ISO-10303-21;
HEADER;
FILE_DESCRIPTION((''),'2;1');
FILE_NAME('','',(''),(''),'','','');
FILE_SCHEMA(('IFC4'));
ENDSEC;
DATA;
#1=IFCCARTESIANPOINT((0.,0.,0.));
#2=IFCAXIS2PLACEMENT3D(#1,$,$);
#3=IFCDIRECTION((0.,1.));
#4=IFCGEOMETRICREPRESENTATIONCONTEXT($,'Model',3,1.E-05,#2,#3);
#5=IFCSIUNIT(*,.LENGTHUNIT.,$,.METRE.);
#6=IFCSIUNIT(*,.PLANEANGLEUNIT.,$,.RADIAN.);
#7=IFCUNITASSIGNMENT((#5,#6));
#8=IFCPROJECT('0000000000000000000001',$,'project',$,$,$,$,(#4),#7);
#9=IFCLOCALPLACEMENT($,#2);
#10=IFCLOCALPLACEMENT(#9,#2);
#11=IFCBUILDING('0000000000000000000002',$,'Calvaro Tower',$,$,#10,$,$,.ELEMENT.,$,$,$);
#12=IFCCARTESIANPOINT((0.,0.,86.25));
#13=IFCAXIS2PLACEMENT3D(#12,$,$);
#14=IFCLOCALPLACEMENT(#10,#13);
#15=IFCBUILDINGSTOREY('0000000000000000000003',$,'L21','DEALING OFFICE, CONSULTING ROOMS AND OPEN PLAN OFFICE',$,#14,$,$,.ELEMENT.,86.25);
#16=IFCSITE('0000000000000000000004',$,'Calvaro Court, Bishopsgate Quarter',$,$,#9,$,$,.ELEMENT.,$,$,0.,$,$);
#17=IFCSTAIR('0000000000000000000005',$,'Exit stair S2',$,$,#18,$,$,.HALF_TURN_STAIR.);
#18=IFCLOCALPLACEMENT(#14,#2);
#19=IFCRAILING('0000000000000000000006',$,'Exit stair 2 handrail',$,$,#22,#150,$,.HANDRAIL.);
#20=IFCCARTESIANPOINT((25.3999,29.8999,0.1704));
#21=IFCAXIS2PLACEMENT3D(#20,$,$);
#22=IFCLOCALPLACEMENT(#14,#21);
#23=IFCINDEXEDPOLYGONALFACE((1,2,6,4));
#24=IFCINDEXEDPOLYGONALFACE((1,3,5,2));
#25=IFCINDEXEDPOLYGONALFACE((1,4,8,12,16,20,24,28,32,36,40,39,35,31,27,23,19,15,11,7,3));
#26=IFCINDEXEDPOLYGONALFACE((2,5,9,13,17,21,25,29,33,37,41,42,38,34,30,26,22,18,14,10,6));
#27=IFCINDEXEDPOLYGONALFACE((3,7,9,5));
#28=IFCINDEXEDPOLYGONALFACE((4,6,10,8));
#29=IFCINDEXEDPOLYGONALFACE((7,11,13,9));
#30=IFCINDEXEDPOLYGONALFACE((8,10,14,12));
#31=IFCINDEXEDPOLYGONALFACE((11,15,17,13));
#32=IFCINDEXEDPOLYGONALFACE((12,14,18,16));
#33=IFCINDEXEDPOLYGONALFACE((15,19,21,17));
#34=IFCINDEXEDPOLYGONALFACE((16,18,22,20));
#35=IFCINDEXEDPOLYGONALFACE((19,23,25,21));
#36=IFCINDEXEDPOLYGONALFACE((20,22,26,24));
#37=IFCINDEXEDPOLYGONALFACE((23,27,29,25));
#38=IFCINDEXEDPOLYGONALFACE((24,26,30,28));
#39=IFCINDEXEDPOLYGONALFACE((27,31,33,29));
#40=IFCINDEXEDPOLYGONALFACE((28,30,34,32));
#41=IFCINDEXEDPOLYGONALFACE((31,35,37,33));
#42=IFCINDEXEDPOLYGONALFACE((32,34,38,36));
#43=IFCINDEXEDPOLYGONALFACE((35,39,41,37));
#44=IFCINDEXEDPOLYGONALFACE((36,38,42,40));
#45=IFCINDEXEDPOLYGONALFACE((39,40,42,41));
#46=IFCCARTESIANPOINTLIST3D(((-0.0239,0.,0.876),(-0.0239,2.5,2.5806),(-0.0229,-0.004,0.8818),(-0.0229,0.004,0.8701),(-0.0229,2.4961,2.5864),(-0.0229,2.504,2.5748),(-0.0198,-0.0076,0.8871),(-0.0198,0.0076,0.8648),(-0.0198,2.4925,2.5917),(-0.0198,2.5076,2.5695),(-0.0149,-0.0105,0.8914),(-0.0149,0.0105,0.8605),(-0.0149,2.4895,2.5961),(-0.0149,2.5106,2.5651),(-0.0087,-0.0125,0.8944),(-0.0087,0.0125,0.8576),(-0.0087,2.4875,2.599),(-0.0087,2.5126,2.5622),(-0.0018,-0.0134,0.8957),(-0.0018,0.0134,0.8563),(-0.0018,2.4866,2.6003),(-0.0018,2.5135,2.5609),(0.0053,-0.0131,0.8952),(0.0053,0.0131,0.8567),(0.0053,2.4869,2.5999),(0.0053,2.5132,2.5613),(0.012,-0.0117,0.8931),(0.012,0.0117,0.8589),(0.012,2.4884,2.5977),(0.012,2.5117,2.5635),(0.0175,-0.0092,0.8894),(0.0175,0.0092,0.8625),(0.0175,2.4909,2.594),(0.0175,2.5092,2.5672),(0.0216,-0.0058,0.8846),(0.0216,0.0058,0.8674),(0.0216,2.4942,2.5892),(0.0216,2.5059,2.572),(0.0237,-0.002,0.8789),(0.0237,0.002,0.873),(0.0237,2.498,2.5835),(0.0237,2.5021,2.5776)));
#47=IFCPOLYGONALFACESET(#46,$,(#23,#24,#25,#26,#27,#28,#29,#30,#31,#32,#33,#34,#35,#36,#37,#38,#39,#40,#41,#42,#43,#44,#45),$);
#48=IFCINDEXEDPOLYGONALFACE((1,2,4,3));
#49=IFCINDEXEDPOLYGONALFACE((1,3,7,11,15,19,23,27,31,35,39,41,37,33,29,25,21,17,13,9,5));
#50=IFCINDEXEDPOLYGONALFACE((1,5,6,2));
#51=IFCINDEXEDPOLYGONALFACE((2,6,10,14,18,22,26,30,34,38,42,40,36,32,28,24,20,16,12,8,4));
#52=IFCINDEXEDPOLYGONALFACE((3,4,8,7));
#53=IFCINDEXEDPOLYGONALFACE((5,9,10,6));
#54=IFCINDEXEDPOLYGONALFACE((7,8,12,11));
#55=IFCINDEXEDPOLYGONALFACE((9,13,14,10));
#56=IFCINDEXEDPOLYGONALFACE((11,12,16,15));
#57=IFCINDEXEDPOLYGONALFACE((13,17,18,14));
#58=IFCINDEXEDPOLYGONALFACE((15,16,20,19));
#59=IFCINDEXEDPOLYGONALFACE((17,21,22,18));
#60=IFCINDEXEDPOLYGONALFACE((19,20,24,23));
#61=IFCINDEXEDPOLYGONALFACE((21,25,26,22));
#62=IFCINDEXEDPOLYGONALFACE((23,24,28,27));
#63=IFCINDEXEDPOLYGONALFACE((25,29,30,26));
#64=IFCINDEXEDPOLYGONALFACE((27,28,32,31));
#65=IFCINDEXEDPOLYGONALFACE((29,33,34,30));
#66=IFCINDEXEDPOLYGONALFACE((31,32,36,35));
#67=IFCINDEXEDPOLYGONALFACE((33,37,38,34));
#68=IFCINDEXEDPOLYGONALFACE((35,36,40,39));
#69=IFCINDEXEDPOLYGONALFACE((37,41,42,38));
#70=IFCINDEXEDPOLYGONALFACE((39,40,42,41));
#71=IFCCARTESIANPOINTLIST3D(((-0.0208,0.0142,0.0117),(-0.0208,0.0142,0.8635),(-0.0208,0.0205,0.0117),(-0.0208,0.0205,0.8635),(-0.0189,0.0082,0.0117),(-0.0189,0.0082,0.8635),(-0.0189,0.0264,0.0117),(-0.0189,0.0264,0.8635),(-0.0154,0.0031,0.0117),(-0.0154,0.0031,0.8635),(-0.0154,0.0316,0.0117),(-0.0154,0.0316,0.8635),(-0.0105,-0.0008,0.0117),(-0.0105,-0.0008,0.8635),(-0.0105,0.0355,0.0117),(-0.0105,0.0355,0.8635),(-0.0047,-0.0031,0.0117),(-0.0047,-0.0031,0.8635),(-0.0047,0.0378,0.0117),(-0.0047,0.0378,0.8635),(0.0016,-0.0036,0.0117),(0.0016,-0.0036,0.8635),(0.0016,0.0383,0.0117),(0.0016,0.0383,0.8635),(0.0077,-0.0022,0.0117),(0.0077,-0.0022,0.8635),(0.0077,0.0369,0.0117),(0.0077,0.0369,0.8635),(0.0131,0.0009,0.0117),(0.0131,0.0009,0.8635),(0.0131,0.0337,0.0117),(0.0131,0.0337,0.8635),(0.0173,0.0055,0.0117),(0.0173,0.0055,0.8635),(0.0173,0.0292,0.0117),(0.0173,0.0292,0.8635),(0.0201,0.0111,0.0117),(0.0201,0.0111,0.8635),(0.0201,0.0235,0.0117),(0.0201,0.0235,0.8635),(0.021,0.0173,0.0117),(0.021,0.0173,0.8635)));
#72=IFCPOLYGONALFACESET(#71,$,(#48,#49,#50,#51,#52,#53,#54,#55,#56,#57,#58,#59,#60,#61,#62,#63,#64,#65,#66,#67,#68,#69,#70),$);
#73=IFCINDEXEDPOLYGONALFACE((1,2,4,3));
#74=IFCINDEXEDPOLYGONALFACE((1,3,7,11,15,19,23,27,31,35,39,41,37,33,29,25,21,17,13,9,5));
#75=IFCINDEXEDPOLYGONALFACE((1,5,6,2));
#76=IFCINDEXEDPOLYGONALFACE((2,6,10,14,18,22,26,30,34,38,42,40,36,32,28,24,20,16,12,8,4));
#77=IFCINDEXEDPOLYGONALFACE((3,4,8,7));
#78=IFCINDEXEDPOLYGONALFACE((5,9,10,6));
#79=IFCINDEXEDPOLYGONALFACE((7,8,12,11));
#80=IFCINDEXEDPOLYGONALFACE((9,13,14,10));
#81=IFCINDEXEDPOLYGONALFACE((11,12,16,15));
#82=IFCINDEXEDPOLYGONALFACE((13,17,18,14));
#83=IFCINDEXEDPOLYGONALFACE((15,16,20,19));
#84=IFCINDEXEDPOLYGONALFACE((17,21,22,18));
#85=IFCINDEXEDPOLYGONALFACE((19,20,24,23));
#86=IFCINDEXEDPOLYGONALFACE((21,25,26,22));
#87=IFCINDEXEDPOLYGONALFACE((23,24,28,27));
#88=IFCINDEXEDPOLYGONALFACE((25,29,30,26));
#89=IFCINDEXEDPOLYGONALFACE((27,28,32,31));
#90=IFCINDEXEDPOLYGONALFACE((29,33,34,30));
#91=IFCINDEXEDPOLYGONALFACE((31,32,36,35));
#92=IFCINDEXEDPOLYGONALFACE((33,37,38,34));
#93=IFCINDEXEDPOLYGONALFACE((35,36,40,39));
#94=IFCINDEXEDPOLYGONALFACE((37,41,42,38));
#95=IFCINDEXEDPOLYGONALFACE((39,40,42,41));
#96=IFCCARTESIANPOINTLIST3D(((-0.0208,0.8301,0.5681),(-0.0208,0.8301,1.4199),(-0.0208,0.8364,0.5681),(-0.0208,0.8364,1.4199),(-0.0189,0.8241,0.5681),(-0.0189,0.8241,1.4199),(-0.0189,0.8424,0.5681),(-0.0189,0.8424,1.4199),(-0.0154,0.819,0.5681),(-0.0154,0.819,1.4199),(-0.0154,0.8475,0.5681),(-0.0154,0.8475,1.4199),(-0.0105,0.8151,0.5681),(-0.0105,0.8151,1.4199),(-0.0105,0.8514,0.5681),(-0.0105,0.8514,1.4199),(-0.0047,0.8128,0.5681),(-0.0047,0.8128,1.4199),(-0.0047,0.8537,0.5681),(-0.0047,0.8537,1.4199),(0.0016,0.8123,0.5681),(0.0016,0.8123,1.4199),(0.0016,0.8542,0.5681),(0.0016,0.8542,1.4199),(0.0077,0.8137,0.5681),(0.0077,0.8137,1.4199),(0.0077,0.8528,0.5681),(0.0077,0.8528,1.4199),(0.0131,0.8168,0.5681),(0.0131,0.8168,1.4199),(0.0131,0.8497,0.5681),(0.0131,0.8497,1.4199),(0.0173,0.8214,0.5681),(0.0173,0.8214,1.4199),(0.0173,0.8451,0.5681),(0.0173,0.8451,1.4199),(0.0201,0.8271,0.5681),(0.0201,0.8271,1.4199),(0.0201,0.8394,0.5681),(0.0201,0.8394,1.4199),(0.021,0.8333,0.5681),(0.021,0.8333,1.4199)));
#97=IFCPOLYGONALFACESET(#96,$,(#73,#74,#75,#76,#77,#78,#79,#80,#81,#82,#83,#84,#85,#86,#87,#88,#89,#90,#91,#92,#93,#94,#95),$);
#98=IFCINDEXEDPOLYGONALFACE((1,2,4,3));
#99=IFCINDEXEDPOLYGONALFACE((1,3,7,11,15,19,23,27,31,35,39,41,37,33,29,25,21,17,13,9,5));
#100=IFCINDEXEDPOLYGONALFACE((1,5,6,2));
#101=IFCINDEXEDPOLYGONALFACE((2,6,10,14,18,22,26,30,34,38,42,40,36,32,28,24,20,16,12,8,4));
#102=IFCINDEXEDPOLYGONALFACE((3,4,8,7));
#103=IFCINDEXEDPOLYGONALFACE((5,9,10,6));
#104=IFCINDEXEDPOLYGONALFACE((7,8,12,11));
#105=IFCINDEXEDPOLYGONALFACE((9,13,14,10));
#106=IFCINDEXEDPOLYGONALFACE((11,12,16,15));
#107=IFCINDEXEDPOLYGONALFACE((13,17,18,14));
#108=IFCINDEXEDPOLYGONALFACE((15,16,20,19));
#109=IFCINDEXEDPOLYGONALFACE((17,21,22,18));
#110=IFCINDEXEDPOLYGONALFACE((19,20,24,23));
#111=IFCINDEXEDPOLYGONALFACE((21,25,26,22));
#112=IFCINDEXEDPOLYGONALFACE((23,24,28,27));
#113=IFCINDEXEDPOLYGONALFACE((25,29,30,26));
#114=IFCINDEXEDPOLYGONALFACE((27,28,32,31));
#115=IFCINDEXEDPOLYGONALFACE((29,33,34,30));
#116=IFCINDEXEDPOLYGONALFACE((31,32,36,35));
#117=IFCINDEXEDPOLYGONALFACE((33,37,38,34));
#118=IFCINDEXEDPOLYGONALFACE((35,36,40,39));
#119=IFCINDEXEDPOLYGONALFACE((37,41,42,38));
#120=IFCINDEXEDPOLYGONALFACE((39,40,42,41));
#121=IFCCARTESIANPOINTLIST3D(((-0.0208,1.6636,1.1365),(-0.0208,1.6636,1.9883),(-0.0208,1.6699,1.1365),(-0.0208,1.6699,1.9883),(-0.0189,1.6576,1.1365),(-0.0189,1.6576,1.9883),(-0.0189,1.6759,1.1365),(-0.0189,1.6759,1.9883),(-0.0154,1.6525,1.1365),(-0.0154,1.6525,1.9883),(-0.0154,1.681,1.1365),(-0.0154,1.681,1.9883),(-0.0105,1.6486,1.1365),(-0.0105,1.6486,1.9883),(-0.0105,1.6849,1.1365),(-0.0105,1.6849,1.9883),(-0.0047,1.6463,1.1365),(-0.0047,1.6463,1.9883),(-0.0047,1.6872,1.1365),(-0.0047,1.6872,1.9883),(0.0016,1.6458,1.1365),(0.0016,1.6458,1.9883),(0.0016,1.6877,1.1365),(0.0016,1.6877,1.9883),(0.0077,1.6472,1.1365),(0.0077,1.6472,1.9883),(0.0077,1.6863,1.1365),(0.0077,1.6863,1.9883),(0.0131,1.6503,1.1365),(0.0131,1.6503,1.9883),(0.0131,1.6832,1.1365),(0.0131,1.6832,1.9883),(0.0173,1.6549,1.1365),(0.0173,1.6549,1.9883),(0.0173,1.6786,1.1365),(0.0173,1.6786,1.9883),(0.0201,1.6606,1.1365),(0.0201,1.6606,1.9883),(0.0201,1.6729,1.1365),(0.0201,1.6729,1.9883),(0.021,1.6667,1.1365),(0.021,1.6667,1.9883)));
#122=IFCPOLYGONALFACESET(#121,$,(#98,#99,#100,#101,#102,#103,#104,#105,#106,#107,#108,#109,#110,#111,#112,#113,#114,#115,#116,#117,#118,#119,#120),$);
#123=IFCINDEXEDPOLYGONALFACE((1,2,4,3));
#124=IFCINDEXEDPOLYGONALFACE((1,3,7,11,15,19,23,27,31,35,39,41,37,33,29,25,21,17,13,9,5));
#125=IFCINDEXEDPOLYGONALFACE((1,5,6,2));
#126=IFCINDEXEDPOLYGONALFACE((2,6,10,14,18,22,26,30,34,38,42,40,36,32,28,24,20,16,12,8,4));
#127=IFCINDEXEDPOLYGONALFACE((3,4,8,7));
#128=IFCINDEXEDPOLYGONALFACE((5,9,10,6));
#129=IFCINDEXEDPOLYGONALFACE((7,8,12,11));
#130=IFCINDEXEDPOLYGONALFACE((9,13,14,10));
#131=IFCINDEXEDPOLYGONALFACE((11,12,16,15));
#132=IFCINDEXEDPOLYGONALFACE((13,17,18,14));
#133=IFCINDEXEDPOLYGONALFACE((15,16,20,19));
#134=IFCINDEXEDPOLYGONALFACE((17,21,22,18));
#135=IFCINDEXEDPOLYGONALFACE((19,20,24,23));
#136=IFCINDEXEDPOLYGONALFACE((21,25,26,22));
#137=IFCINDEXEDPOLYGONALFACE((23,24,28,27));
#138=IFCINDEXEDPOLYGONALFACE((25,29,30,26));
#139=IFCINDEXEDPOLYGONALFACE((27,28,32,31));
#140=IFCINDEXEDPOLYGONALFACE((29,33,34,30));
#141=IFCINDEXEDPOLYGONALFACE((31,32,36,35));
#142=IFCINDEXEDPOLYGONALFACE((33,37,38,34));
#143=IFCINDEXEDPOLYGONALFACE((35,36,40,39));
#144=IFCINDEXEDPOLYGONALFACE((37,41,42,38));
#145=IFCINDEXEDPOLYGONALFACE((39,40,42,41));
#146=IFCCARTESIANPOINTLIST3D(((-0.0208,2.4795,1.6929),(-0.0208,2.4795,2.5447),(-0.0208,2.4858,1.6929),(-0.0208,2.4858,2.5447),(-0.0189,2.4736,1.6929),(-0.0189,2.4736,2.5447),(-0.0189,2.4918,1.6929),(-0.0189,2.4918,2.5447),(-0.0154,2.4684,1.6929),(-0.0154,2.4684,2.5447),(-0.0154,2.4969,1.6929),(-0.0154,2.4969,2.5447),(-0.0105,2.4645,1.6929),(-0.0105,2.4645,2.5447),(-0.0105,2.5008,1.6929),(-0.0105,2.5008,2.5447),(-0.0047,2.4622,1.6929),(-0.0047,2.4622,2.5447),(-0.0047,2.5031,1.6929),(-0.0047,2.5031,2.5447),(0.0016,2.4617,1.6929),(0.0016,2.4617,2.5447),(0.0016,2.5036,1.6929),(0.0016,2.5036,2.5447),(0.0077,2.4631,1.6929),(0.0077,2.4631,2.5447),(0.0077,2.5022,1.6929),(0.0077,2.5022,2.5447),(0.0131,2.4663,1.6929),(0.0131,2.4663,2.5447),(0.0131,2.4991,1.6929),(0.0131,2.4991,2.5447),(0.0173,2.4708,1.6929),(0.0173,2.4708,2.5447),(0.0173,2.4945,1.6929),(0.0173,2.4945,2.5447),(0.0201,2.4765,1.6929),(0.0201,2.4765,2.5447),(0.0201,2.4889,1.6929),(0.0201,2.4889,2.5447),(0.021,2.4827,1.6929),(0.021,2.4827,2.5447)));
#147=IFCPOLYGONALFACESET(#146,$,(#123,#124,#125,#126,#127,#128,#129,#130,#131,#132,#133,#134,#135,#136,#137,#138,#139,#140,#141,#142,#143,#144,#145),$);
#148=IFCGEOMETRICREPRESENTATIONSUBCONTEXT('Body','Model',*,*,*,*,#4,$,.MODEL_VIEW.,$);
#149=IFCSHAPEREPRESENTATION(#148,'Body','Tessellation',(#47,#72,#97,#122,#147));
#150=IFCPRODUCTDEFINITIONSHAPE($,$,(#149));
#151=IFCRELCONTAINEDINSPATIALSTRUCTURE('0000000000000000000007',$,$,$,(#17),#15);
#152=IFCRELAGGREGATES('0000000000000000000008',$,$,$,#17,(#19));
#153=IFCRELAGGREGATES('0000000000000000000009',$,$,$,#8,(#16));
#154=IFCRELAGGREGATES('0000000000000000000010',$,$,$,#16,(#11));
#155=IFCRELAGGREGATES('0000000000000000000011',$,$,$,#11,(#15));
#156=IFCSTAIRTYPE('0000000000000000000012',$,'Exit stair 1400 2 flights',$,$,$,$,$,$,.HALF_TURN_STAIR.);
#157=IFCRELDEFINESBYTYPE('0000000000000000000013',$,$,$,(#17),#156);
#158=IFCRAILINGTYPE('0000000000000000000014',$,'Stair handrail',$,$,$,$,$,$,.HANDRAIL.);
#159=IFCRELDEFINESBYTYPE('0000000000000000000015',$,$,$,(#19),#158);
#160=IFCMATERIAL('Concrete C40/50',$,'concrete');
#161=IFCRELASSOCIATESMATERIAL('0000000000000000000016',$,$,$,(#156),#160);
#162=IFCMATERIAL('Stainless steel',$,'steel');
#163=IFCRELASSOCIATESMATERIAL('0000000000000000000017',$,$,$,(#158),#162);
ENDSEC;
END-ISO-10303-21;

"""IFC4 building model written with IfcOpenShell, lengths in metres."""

from ifc_helpers import new_model, si_unit, direction, frame, origin, origin_2d, place, context, subcontext, project, spatial, circle, extrude, material, type_object, element, aggregate, save


model = new_model("IFC4")

# Units and contexts
model_context = context("Model", 3, precision=1e-05, world=origin(), true_north=direction((0.0, 1.0)))
body_context = subcontext(model_context, "Body", "Model", "MODEL_VIEW")
ifc_project = project(units=[si_unit("LENGTHUNIT", "METRE"), si_unit("PLANEANGLEUNIT", "RADIAN")], contexts=[model_context])

# Site, building, storey
site_placement = place(None, origin())
site = spatial("IfcSite", under=ifc_project, at=site_placement, Name="Calvaro Court, Bishopsgate Quarter", CompositionType="ELEMENT", RefElevation=0.0)
building_placement = place(site_placement, origin())
building = spatial("IfcBuilding", under=site, at=building_placement, Name="Calvaro Tower", CompositionType="ELEMENT")
storey_placement = place(building_placement, frame((0.0, 0.0, 86.25)))
storey = spatial("IfcBuildingStorey", under=building, at=storey_placement, Name="L21", Description="DEALING OFFICE, CONSULTING ROOMS AND OPEN PLAN OFFICE", CompositionType="ELEMENT", Elevation=86.25)

# Stair, railing
ifc_material_1 = material(Name="Concrete C40/50", Category="concrete")
stair_type = type_object("IfcStairType", Name="Exit stair 1400 2 flights", PredefinedType="HALF_TURN_STAIR", material=ifc_material_1)
stair_placement = place(storey_placement, origin())
stair = element("IfcStair", 1, at=stair_placement, inside=storey, type_object=stair_type, Name="Exit stair S2", PredefinedType="HALF_TURN_STAIR")
ifc_material_2 = material(Name="Stainless steel", Category="steel")
railing_type = type_object("IfcRailingType", Name="Stair handrail", PredefinedType="HANDRAIL", material=ifc_material_2)
railing_1_placement = place(storey_placement, frame((25.3999, 29.8999, 0.1704)))
railing_1 = element("IfcRailing", 2, at=railing_1_placement, type_object=railing_type, Name="Exit stair 2 handrail", PredefinedType="HANDRAIL", context=body_context, shape_type="SweptSolid", body=[
    extrude(circle(Radius=0.0239, at=origin_2d()), frame((0.0, 0.0, 0.876), z_axis=(0.0, 0.826221, 0.563347), x_axis=(-1.0, 0.0, 0.0)), (0.0, 0.0, 1.0), 3.0259),
    extrude(circle(Radius=0.021, at=origin_2d()), frame((0.0, 0.0173, 0.0117)), (0.0, 0.0, 1.0), 0.8518),
    extrude(circle(Radius=0.021, at=origin_2d()), frame((0.0, 0.8333, 0.5681)), (0.0, 0.0, 1.0), 0.8518),
    extrude(circle(Radius=0.021, at=origin_2d()), frame((0.0, 1.6667, 1.1365)), (0.0, 0.0, 1.0), 0.8518),
    extrude(circle(Radius=0.021, at=origin_2d()), frame((0.0, 2.4827, 1.6929)), (0.0, 0.0, 1.0), 0.8518),
])
aggregate(stair, [railing_1])

save(model, "model.ifc")
